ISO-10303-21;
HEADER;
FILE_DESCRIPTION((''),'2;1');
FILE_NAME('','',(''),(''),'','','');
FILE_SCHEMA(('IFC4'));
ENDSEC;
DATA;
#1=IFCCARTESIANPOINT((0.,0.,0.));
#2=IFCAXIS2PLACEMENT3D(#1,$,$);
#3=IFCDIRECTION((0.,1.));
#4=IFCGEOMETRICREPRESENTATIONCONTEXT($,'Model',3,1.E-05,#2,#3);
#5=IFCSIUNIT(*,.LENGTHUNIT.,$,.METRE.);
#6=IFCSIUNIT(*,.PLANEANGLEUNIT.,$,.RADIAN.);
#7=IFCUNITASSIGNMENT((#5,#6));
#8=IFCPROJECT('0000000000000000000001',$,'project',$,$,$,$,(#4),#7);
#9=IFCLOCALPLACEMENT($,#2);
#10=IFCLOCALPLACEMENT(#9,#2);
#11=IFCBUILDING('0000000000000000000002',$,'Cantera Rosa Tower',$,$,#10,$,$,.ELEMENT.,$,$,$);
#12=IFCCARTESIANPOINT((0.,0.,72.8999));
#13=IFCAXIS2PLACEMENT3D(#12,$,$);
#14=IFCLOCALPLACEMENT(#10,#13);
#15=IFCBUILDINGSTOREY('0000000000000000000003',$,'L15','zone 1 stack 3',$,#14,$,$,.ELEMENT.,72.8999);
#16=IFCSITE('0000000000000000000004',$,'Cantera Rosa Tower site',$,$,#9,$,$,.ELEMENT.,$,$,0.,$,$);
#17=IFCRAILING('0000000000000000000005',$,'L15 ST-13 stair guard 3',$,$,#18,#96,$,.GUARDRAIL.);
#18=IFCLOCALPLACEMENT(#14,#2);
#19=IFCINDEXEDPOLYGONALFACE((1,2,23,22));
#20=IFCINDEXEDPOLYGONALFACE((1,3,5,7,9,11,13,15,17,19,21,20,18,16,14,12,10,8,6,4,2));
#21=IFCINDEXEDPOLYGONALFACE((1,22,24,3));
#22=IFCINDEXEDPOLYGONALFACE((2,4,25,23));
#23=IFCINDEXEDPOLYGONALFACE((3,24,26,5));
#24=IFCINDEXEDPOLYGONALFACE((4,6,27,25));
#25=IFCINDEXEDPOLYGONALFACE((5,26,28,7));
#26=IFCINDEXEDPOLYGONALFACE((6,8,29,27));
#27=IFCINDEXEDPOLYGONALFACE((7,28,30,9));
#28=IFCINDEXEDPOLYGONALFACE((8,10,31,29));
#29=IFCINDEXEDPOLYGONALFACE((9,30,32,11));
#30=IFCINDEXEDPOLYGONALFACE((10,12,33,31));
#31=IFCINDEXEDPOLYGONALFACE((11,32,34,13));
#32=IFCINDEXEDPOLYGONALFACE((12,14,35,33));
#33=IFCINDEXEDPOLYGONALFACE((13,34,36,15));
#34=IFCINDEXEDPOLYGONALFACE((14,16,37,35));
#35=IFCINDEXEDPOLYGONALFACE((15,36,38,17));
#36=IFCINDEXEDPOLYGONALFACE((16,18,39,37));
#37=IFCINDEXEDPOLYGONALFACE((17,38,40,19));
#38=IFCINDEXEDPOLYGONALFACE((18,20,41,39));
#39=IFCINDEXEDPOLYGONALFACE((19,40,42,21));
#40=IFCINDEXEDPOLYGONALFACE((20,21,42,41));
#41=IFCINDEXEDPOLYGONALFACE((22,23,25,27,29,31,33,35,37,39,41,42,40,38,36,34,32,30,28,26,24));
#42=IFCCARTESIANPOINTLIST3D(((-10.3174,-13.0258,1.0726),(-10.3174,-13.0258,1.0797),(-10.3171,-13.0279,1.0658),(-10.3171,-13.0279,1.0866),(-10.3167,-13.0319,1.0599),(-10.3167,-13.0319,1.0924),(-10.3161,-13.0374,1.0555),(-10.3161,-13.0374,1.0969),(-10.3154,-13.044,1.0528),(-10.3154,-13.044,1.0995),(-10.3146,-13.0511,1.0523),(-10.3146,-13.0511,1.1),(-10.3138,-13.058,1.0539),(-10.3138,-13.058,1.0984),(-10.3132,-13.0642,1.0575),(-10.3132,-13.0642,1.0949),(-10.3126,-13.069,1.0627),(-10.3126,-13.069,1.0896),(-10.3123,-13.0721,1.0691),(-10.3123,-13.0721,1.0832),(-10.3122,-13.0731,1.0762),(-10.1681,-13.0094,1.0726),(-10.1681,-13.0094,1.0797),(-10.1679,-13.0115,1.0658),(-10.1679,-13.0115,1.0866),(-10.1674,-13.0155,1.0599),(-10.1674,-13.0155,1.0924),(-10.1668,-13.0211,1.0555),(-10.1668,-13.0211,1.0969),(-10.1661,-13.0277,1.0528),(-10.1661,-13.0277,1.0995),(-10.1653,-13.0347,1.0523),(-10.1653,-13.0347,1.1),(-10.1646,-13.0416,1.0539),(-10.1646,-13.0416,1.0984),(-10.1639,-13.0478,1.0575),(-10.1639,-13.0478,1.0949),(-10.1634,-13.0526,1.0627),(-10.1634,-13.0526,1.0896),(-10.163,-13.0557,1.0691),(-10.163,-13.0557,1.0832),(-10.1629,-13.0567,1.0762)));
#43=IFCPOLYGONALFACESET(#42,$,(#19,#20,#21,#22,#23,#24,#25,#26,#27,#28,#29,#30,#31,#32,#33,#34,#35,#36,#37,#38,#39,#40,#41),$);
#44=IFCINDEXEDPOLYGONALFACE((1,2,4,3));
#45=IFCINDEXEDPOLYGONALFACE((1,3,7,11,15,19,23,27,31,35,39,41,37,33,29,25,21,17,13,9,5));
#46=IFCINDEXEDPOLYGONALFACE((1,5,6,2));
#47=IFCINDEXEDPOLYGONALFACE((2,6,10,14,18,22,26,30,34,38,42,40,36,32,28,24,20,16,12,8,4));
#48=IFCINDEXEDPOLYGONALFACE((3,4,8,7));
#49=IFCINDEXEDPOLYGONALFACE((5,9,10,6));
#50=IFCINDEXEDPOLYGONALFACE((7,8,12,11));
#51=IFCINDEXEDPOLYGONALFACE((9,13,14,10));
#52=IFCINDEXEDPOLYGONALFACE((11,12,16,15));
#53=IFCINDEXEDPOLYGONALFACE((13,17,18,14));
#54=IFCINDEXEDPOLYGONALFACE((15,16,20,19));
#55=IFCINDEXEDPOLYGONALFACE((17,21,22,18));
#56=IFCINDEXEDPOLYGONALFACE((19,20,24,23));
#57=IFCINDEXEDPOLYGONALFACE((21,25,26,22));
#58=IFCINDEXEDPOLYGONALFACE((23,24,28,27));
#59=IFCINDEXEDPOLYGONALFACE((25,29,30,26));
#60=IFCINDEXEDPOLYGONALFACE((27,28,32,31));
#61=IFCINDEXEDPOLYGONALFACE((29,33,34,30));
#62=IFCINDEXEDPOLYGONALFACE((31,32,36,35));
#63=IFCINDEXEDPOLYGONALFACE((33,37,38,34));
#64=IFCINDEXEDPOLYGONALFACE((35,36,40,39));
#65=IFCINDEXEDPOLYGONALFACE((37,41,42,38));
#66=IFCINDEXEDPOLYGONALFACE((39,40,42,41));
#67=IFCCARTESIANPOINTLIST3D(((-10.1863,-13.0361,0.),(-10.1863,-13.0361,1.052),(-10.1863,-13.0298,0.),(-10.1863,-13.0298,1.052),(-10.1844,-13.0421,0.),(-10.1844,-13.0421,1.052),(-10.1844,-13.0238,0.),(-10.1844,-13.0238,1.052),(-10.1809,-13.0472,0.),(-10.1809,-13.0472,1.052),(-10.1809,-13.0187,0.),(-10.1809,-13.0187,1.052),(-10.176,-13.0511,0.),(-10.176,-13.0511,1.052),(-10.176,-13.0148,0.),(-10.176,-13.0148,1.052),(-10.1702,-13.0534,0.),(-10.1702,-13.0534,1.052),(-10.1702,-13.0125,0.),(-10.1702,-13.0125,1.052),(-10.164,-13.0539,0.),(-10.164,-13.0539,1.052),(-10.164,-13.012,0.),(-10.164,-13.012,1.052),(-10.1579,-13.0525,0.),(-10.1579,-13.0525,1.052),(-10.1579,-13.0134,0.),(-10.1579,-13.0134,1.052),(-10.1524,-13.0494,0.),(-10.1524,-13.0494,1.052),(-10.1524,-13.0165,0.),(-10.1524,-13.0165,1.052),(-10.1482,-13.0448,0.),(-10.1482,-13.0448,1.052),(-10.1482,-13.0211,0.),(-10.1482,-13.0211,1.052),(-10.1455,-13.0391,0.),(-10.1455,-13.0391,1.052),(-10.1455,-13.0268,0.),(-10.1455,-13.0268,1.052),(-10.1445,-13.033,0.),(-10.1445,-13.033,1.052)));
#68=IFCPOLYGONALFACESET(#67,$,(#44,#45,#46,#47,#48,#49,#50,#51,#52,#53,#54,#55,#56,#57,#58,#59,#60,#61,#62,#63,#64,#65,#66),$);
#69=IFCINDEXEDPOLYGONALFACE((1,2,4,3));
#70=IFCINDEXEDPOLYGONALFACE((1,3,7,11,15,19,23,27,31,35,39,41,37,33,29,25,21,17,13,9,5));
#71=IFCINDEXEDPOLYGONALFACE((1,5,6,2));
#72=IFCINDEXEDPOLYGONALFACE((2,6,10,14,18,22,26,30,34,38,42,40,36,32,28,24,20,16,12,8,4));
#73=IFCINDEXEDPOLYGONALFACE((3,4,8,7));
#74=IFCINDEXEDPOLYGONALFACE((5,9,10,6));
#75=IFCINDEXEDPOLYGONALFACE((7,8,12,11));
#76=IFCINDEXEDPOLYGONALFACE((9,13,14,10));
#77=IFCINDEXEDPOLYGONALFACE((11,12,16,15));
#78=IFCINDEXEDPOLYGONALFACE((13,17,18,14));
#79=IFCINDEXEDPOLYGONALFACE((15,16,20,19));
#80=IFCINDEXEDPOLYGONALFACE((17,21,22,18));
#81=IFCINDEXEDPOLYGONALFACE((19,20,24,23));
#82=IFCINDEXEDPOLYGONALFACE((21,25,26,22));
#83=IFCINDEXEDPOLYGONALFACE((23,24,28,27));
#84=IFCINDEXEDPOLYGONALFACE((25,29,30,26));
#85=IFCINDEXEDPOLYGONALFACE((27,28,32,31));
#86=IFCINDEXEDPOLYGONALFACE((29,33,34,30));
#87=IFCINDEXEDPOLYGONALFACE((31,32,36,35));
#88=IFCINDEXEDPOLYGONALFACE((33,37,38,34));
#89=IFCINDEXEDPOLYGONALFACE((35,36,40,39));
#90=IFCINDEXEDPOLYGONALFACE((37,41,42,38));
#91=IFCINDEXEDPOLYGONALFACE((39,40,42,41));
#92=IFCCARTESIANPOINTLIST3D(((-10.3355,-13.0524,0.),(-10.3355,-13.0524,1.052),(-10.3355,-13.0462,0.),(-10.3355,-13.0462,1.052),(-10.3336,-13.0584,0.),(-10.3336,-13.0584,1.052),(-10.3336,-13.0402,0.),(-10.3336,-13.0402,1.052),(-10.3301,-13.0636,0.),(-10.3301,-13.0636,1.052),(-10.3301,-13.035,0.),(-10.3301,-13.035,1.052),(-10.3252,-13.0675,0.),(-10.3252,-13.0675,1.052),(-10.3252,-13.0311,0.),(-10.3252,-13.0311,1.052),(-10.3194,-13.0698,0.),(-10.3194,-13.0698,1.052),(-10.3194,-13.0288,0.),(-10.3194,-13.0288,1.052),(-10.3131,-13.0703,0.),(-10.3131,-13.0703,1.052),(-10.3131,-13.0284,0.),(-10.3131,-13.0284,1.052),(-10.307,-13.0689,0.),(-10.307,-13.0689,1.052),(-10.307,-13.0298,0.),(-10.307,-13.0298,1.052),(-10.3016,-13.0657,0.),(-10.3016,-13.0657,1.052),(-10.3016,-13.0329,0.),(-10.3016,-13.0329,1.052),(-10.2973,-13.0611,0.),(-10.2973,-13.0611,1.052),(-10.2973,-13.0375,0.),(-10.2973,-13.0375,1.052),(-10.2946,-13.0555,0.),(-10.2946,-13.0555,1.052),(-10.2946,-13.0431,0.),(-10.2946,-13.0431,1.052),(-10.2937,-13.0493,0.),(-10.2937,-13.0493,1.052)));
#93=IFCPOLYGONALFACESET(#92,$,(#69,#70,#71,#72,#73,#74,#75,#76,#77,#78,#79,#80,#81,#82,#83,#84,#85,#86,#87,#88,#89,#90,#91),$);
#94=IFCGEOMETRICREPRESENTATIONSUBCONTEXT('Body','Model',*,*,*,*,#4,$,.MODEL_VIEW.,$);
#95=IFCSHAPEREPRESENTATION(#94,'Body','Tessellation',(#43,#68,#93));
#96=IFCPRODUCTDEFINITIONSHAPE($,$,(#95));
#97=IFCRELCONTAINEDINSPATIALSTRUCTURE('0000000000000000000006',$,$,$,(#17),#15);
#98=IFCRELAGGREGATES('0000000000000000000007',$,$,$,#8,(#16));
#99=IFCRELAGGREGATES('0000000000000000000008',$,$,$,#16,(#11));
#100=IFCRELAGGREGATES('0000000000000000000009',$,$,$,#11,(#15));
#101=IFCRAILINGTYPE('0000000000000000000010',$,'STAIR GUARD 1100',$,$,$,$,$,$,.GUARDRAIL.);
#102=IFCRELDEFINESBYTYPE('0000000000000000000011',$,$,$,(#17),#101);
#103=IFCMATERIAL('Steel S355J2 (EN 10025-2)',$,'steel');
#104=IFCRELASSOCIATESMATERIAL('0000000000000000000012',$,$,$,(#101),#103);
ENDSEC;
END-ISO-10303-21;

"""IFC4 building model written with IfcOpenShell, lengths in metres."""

from ifc_helpers import new_model, si_unit, direction, frame, origin, origin_2d, place, context, subcontext, project, spatial, circle, extrude, material, type_object, element, save


model = new_model("IFC4")

# Units and contexts
model_context = context("Model", 3, precision=1e-05, world=origin(), true_north=direction((0.0, 1.0)))
body_context = subcontext(model_context, "Body", "Model", "MODEL_VIEW")
ifc_project = project(units=[si_unit("LENGTHUNIT", "METRE"), si_unit("PLANEANGLEUNIT", "RADIAN")], contexts=[model_context])

# Site, building, storey
site_placement = place(None, origin())
site = spatial("IfcSite", under=ifc_project, at=site_placement, Name="Cantera Rosa Tower site", CompositionType="ELEMENT", RefElevation=0.0)
building_placement = place(site_placement, origin())
building = spatial("IfcBuilding", under=site, at=building_placement, Name="Cantera Rosa Tower", CompositionType="ELEMENT")
storey_placement = place(building_placement, frame((0.0, 0.0, 72.8999)))
storey = spatial("IfcBuildingStorey", under=building, at=storey_placement, Name="L15", Description="zone 1 stack 3", CompositionType="ELEMENT", Elevation=72.8999)

# Railing
ifc_material_1 = material(Name="Steel S355J2 (EN 10025-2)", Category="steel")
railing_type_1 = type_object("IfcRailingType", Name="STAIR GUARD 1100", PredefinedType="GUARDRAIL", material=ifc_material_1)
railing_1_placement = place(storey_placement, frame((-10.1655, -13.033, 0.0)))
element("IfcRailing", 1, at=railing_1_placement, inside=storey, type_object=railing_type_1, Name="L15 ST-13 stair guard 3", PredefinedType="GUARDRAIL", context=body_context, shape_type="SweptSolid", body=[
    extrude(circle(Radius=0.0239, at=origin_2d()), frame((0.0, 0.0, 1.0762), z_axis=(-0.994041, -0.109003, 0.0), x_axis=(0.109003, -0.994041, 0.0)), (0.0, 0.0, 1.0), 0.1501),
    extrude(circle(Radius=0.021, at=origin_2d()), origin(), (0.0, 0.0, 1.0), 1.052),
    extrude(circle(Radius=0.021, at=origin_2d()), frame((-0.1492, -0.0164, 0.0)), (0.0, 0.0, 1.0), 1.052),
])

save(model, "model.ifc")
